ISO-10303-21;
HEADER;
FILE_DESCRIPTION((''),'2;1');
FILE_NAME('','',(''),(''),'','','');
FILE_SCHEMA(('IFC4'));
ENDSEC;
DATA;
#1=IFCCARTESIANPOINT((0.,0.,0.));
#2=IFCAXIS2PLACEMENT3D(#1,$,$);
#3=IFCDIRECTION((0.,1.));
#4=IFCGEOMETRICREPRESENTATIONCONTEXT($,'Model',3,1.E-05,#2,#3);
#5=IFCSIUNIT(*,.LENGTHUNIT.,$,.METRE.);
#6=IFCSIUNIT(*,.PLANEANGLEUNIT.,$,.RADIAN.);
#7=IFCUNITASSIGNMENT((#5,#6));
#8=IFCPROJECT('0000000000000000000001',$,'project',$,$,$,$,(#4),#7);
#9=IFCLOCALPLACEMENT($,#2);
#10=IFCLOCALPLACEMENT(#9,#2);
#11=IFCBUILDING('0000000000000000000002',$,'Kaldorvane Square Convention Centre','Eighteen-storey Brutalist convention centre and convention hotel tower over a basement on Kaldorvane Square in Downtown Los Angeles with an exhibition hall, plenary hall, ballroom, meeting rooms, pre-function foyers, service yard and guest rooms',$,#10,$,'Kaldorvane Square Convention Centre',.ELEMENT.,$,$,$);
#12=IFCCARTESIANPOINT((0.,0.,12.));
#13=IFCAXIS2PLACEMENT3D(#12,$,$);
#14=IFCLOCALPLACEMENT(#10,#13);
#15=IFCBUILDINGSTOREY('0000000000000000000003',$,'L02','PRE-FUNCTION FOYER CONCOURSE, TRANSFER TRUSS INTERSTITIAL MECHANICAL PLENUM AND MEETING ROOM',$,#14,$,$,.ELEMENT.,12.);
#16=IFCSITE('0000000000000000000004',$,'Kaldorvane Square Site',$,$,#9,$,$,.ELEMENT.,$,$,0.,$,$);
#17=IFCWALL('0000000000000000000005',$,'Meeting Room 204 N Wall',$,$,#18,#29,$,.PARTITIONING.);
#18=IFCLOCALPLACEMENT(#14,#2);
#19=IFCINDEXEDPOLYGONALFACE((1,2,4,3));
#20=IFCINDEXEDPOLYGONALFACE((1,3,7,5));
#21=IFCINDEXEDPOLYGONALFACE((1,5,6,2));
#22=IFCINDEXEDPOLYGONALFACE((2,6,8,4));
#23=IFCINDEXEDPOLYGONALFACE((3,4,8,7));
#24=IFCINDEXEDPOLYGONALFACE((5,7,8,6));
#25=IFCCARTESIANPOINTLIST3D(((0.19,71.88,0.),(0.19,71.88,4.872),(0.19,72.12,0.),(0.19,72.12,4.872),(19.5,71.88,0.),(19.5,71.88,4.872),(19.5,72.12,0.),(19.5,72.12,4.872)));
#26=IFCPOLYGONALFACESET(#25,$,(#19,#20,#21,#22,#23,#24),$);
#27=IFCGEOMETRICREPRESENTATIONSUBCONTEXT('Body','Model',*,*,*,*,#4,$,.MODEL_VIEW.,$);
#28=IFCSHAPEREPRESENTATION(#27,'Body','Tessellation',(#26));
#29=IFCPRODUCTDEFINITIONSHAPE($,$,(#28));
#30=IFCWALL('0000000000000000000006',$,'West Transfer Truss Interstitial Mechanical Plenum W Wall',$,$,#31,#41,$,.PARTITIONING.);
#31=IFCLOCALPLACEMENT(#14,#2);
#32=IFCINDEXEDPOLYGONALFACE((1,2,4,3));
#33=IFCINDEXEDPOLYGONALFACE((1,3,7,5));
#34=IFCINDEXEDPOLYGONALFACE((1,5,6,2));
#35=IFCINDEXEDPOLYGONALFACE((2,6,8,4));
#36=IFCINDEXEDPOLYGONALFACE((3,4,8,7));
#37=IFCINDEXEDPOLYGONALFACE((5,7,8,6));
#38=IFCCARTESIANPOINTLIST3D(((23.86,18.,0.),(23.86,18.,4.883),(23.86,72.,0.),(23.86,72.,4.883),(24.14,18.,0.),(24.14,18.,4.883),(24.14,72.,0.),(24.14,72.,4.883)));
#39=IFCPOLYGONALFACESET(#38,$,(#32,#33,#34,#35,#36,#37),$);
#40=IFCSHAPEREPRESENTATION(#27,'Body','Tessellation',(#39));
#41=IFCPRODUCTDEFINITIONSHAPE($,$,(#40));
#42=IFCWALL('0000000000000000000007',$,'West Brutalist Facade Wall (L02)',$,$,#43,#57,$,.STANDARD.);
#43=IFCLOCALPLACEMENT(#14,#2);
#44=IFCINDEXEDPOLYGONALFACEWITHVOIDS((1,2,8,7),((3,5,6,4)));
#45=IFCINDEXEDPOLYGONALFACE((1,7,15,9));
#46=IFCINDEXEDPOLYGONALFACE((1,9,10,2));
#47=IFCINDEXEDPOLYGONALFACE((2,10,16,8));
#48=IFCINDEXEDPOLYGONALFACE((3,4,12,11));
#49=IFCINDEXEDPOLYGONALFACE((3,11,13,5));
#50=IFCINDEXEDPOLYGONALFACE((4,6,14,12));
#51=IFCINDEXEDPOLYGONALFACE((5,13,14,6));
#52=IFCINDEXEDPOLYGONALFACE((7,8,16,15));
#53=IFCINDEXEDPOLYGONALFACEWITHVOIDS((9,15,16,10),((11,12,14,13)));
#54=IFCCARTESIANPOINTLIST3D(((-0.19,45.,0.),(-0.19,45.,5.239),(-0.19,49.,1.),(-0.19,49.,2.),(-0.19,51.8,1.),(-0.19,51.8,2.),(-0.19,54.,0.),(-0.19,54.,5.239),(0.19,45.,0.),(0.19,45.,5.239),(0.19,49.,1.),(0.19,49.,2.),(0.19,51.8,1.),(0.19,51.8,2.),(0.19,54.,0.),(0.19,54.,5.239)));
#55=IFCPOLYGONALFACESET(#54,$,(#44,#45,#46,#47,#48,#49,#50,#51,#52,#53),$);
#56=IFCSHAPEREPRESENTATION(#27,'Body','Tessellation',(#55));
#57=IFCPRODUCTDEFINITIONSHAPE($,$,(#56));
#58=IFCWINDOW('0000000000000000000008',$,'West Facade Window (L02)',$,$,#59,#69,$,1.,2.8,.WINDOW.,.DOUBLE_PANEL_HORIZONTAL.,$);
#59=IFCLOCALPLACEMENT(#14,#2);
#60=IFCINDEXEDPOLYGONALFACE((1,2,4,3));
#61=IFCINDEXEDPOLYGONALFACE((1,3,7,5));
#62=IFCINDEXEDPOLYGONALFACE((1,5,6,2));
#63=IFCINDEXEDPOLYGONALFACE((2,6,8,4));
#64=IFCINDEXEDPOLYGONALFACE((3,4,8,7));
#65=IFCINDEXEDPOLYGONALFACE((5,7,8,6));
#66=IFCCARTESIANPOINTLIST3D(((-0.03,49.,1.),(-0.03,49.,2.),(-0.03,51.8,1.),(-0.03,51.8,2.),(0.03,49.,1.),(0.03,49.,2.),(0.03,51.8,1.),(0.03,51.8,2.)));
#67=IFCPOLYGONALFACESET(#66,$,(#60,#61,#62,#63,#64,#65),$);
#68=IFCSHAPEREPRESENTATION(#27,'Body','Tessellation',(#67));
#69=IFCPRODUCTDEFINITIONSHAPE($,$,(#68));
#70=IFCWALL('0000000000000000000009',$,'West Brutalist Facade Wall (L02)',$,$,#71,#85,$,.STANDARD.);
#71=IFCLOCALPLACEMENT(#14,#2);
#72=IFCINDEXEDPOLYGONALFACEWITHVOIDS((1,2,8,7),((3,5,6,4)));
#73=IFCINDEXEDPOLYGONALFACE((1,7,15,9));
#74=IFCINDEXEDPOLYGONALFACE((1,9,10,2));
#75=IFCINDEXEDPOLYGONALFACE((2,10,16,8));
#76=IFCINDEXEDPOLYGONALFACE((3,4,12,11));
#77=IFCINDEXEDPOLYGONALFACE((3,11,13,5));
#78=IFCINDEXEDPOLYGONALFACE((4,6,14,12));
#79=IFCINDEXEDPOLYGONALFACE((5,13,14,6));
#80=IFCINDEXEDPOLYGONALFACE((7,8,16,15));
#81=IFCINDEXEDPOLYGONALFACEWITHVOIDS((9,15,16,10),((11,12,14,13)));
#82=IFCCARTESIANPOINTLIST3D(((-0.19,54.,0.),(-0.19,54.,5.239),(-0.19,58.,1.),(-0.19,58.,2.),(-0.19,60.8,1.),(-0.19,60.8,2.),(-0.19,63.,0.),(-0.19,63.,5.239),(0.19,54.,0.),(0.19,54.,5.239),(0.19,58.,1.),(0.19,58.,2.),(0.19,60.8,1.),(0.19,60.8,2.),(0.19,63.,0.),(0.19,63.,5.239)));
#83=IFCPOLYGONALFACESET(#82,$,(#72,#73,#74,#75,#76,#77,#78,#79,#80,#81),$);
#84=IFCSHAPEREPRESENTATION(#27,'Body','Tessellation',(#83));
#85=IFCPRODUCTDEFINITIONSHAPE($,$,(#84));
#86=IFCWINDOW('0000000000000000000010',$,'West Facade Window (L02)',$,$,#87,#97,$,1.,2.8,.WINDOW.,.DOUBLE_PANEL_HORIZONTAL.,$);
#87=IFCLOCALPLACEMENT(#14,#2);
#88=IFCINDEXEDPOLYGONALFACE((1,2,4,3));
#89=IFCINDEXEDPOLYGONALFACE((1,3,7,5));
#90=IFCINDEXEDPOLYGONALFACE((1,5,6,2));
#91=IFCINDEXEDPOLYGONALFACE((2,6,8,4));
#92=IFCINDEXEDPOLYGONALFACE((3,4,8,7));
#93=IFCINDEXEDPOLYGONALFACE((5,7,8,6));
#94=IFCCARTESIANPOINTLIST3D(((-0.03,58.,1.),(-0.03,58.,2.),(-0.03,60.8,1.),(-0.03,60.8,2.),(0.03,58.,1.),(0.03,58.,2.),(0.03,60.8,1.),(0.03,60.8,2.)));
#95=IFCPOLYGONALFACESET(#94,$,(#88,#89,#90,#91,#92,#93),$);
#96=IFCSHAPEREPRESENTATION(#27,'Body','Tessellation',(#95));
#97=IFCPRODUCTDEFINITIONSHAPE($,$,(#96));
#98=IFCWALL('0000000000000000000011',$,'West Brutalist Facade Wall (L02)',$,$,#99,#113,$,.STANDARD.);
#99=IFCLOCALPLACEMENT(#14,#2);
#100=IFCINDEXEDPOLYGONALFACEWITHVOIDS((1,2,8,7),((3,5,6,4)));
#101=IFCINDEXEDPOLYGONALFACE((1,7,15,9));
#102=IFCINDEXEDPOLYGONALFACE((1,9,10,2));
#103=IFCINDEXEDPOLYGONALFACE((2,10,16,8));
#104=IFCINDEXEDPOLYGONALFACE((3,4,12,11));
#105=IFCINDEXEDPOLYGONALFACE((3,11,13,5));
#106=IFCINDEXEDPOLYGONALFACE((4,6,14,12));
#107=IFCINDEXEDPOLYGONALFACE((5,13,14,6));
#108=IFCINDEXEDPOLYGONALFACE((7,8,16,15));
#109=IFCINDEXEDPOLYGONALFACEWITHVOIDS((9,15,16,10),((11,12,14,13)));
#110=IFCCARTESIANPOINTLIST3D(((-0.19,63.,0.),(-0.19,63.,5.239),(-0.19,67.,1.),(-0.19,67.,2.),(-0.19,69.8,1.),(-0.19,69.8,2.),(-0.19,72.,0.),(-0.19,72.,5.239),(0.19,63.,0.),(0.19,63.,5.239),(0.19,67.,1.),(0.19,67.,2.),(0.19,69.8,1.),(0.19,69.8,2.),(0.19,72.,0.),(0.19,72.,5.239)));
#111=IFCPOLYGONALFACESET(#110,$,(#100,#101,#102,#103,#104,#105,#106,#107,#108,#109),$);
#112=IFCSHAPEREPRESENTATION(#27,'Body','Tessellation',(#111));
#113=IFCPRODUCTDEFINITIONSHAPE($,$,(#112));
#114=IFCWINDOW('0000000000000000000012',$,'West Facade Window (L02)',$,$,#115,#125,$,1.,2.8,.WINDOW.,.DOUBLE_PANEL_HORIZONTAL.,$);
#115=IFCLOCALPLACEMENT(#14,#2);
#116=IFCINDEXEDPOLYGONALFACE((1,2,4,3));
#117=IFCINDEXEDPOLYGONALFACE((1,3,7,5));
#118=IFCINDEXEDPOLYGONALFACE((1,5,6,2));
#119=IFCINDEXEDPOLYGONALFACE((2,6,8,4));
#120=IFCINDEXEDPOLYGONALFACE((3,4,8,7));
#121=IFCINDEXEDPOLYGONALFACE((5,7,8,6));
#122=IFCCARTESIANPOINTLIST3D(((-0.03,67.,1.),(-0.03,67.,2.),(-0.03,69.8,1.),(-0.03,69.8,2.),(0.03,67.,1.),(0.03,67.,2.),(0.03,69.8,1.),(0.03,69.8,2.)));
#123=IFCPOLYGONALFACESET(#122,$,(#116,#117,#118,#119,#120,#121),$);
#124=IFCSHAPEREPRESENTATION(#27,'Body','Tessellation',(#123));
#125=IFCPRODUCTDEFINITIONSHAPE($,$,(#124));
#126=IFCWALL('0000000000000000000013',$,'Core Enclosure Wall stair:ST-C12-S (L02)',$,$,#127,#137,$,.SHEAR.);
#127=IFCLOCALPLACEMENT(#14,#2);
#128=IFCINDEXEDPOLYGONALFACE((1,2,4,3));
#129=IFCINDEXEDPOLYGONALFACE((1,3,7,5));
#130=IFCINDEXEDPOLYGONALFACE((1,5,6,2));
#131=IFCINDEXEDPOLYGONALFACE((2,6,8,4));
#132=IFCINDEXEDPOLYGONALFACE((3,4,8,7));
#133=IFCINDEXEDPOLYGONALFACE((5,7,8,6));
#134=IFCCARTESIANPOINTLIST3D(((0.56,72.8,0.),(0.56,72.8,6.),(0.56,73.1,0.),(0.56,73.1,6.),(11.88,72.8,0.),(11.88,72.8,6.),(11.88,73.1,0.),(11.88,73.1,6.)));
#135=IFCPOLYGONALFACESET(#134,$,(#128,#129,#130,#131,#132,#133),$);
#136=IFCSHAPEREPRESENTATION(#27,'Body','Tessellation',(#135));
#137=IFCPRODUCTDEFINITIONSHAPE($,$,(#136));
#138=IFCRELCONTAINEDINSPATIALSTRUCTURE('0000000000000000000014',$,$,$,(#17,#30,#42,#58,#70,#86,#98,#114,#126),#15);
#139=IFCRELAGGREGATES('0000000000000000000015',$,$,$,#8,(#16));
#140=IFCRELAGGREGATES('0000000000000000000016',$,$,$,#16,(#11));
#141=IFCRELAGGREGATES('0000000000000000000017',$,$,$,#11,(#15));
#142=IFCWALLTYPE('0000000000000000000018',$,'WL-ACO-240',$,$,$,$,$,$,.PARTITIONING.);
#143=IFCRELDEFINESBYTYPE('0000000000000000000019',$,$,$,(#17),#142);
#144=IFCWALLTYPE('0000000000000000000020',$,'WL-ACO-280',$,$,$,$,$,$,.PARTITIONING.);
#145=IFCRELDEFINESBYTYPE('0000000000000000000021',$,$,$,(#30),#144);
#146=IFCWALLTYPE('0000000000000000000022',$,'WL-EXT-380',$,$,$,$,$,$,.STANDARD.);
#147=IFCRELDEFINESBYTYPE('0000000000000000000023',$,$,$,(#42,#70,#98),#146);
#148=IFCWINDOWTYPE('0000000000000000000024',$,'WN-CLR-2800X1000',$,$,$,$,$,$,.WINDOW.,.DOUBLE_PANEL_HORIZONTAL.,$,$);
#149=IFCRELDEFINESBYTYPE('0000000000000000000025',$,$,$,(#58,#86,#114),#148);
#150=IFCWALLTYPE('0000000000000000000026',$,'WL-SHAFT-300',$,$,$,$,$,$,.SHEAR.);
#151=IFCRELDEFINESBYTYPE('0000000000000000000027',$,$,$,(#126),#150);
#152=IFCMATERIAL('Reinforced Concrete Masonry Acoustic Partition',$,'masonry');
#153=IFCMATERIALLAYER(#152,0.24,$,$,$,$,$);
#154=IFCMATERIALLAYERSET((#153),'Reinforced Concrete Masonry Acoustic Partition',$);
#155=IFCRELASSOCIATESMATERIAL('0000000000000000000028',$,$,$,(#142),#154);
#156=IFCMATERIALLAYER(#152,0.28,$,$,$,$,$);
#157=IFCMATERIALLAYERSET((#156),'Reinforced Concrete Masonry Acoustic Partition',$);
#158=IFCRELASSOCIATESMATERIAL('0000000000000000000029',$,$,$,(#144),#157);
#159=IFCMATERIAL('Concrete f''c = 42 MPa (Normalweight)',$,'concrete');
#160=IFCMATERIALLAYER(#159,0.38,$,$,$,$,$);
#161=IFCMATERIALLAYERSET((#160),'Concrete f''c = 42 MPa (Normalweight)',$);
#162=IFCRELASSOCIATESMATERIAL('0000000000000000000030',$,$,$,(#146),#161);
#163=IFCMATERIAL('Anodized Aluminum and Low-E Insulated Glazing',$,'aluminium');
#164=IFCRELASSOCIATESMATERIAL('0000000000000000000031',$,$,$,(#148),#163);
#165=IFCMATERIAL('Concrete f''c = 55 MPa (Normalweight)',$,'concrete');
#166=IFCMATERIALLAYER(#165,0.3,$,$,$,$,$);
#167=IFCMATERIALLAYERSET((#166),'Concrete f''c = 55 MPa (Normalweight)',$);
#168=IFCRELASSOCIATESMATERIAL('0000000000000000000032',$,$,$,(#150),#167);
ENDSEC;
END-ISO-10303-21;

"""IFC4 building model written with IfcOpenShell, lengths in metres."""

from ifc_helpers import new_model, si_unit, direction, frame, frame_2d, origin, place, context, subcontext, project, spatial, rectangle, extrude, material, layer, layer_set, type_object, element, fill, save


model = new_model("IFC4")

# Units and contexts
model_context = context("Model", 3, precision=1e-05, world=origin(), true_north=direction((0.0, 1.0)))
body_context = subcontext(model_context, "Body", "Model", "MODEL_VIEW")
ifc_project = project(units=[si_unit("LENGTHUNIT", "METRE"), si_unit("PLANEANGLEUNIT", "RADIAN")], contexts=[model_context])

# Site, building, storey
site_placement = place(None, origin())
site = spatial("IfcSite", under=ifc_project, at=site_placement, Name="Kaldorvane Square Site", CompositionType="ELEMENT", RefElevation=0.0)
building_placement = place(site_placement, origin())
building = spatial("IfcBuilding", under=site, at=building_placement, Name="Kaldorvane Square Convention Centre", Description="Eighteen-storey Brutalist convention centre and convention hotel tower over a basement on Kaldorvane Square in Downtown Los Angeles with an exhibition hall, plenary hall, ballroom, meeting rooms, pre-function foyers, service yard and guest rooms", LongName="Kaldorvane Square Convention Centre", CompositionType="ELEMENT")
storey_placement = place(building_placement, frame((0.0, 0.0, 12.0)))
storey = spatial("IfcBuildingStorey", under=building, at=storey_placement, Name="L02", Description="PRE-FUNCTION FOYER CONCOURSE, TRANSFER TRUSS INTERSTITIAL MECHANICAL PLENUM AND MEETING ROOM", CompositionType="ELEMENT", Elevation=12.0)

# Shared definitions
ifc_material_1 = material(Name="Concrete f'c = 55 MPa (Normalweight)", Category="concrete")

# Shared definitions
ifc_material_2 = material(Name="Reinforced Concrete Masonry Acoustic Partition", Category="masonry")
ifc_layer_1 = layer(ifc_material_2, 0.24)
ifc_layer_set_1 = layer_set([ifc_layer_1], Name="Reinforced Concrete Masonry Acoustic Partition")
wall_type_1 = type_object("IfcWallType", Name="WL-ACO-240", PredefinedType="PARTITIONING", material=ifc_layer_set_1)

# Walls
wall_1_placement = place(storey_placement, frame((19.5, 72.0, 0.0), z_axis=(0.0, 0.0, 1.0), x_axis=(-1.0, 0.0, 0.0)))
element("IfcWall", 1, at=wall_1_placement, inside=storey, type_object=wall_type_1, Name="Meeting Room 204 N Wall", PredefinedType="PARTITIONING", context=body_context, shape_type="SweptSolid", body=[
    extrude(rectangle(XDim=19.31, YDim=0.24, at=frame_2d((9.655, 0.0))), origin(), (0.0, 0.0, 1.0), 4.872),
])
ifc_layer_2 = layer(ifc_material_2, 0.28)
ifc_layer_set_2 = layer_set([ifc_layer_2], Name="Reinforced Concrete Masonry Acoustic Partition")
wall_type_2 = type_object("IfcWallType", Name="WL-ACO-280", PredefinedType="PARTITIONING", material=ifc_layer_set_2)
wall_2_placement = place(storey_placement, frame((24.0, 72.0, 0.0), z_axis=(0.0, 0.0, 1.0), x_axis=(0.0, -1.0, 0.0)))
element("IfcWall", 2, at=wall_2_placement, inside=storey, type_object=wall_type_2, Name="West Transfer Truss Interstitial Mechanical Plenum W Wall", PredefinedType="PARTITIONING", context=body_context, shape_type="SweptSolid", body=[
    extrude(rectangle(XDim=54.0, YDim=0.28, at=frame_2d((27.0, 0.0))), origin(), (0.0, 0.0, 1.0), 4.883),
])

# Walls, openings, windows
ifc_material_3 = material(Name="Concrete f'c = 42 MPa (Normalweight)", Category="concrete")
ifc_layer_3 = layer(ifc_material_3, 0.38)
ifc_layer_set_3 = layer_set([ifc_layer_3], Name="Concrete f'c = 42 MPa (Normalweight)")
wall_type_3 = type_object("IfcWallType", Name="WL-EXT-380", PredefinedType="STANDARD", material=ifc_layer_set_3)
wall_3_placement = place(storey_placement, frame((0.0, 54.0, 0.0), z_axis=(0.0, 0.0, 1.0), x_axis=(0.0, -1.0, 0.0)))
wall_3 = element("IfcWall", 3, at=wall_3_placement, inside=storey, type_object=wall_type_3, Name="West Brutalist Facade Wall (L02)", PredefinedType="STANDARD", context=body_context, shape_type="SweptSolid", body=[
    extrude(rectangle(XDim=9.0, YDim=0.38, at=frame_2d((4.5, 0.0))), origin(), (0.0, 0.0, 1.0), 5.239),
])
opening_1_placement = place(wall_3_placement, frame((2.2, 0.0, 1.0)))
opening_1 = element("IfcOpeningElement", 4, at=opening_1_placement, cuts=wall_3, PredefinedType="OPENING", context=body_context, shape_type="SweptSolid", body=[
    extrude(rectangle(XDim=2.8, YDim=1.0, at=frame_2d((1.4, 0.5))), frame((0.0, 0.205, 0.0), z_axis=(0.0, -1.0, 0.0), x_axis=(1.0, 0.0, 0.0)), (0.0, 0.0, 1.0), 0.41),
])
ifc_material_4 = material(Name="Anodized Aluminum and Low-E Insulated Glazing", Category="aluminium")
window_type = type_object("IfcWindowType", Name="WN-CLR-2800X1000", PartitioningType="DOUBLE_PANEL_HORIZONTAL", PredefinedType="WINDOW", material=ifc_material_4)
window_1_placement = place(opening_1_placement, origin())
window_1 = element("IfcWindow", 5, at=window_1_placement, inside=storey, type_object=window_type, Name="West Facade Window (L02)", OverallHeight=1.0, OverallWidth=2.8, PartitioningType="DOUBLE_PANEL_HORIZONTAL", PredefinedType="WINDOW", context=body_context, shape_type="SweptSolid", body=[
    extrude(rectangle(XDim=2.8, YDim=1.0, at=frame_2d((1.4, 0.5))), frame((0.0, 0.03, 0.0), z_axis=(0.0, -1.0, 0.0), x_axis=(1.0, 0.0, 0.0)), (0.0, 0.0, 1.0), 0.06),
])
fill(opening_1, window_1)
wall_4_placement = place(storey_placement, frame((0.0, 63.0, 0.0), z_axis=(0.0, 0.0, 1.0), x_axis=(0.0, -1.0, 0.0)))
wall_4 = element("IfcWall", 6, at=wall_4_placement, inside=storey, type_object=wall_type_3, Name="West Brutalist Facade Wall (L02)", PredefinedType="STANDARD", context=body_context, shape_type="SweptSolid", body=[
    extrude(rectangle(XDim=9.0, YDim=0.38, at=frame_2d((4.5, 0.0))), origin(), (0.0, 0.0, 1.0), 5.239),
])
opening_2_placement = place(wall_4_placement, frame((2.2, 0.0, 1.0)))
opening_2 = element("IfcOpeningElement", 7, at=opening_2_placement, cuts=wall_4, PredefinedType="OPENING", context=body_context, shape_type="SweptSolid", body=[
    extrude(rectangle(XDim=2.8, YDim=1.0, at=frame_2d((1.4, 0.5))), frame((0.0, 0.205, 0.0), z_axis=(0.0, -1.0, 0.0), x_axis=(1.0, 0.0, 0.0)), (0.0, 0.0, 1.0), 0.41),
])
window_2_placement = place(opening_2_placement, origin())
window_2 = element("IfcWindow", 8, at=window_2_placement, inside=storey, type_object=window_type, Name="West Facade Window (L02)", OverallHeight=1.0, OverallWidth=2.8, PartitioningType="DOUBLE_PANEL_HORIZONTAL", PredefinedType="WINDOW", context=body_context, shape_type="SweptSolid", body=[
    extrude(rectangle(XDim=2.8, YDim=1.0, at=frame_2d((1.4, 0.5))), frame((0.0, 0.03, 0.0), z_axis=(0.0, -1.0, 0.0), x_axis=(1.0, 0.0, 0.0)), (0.0, 0.0, 1.0), 0.06),
])
fill(opening_2, window_2)
wall_5_placement = place(storey_placement, frame((0.0, 72.0, 0.0), z_axis=(0.0, 0.0, 1.0), x_axis=(0.0, -1.0, 0.0)))
wall_5 = element("IfcWall", 9, at=wall_5_placement, inside=storey, type_object=wall_type_3, Name="West Brutalist Facade Wall (L02)", PredefinedType="STANDARD", context=body_context, shape_type="SweptSolid", body=[
    extrude(rectangle(XDim=9.0, YDim=0.38, at=frame_2d((4.5, 0.0))), origin(), (0.0, 0.0, 1.0), 5.239),
])
opening_3_placement = place(wall_5_placement, frame((2.2, 0.0, 1.0)))
opening_3 = element("IfcOpeningElement", 10, at=opening_3_placement, cuts=wall_5, PredefinedType="OPENING", context=body_context, shape_type="SweptSolid", body=[
    extrude(rectangle(XDim=2.8, YDim=1.0, at=frame_2d((1.4, 0.5))), frame((0.0, 0.205, 0.0), z_axis=(0.0, -1.0, 0.0), x_axis=(1.0, 0.0, 0.0)), (0.0, 0.0, 1.0), 0.41),
])
window_3_placement = place(opening_3_placement, origin())
window_3 = element("IfcWindow", 11, at=window_3_placement, inside=storey, type_object=window_type, Name="West Facade Window (L02)", OverallHeight=1.0, OverallWidth=2.8, PartitioningType="DOUBLE_PANEL_HORIZONTAL", PredefinedType="WINDOW", context=body_context, shape_type="SweptSolid", body=[
    extrude(rectangle(XDim=2.8, YDim=1.0, at=frame_2d((1.4, 0.5))), frame((0.0, 0.03, 0.0), z_axis=(0.0, -1.0, 0.0), x_axis=(1.0, 0.0, 0.0)), (0.0, 0.0, 1.0), 0.06),
])
fill(opening_3, window_3)

# Wall
ifc_layer_4 = layer(ifc_material_1, 0.3)
ifc_layer_set_4 = layer_set([ifc_layer_4], Name="Concrete f'c = 55 MPa (Normalweight)")
wall_type_4 = type_object("IfcWallType", Name="WL-SHAFT-300", PredefinedType="SHEAR", material=ifc_layer_set_4)
wall_6_placement = place(storey_placement, frame((0.56, 72.95, 0.0), z_axis=(0.0, 0.0, 1.0), x_axis=(1.0, 0.0, 0.0)))
element("IfcWall", 12, at=wall_6_placement, inside=storey, type_object=wall_type_4, Name="Core Enclosure Wall stair:ST-C12-S (L02)", PredefinedType="SHEAR", context=body_context, shape_type="SweptSolid", body=[
    extrude(rectangle(XDim=11.32, YDim=0.3, at=frame_2d((5.66, 0.0))), origin(), (0.0, 0.0, 1.0), 6.0),
])

save(model, "model.ifc")
